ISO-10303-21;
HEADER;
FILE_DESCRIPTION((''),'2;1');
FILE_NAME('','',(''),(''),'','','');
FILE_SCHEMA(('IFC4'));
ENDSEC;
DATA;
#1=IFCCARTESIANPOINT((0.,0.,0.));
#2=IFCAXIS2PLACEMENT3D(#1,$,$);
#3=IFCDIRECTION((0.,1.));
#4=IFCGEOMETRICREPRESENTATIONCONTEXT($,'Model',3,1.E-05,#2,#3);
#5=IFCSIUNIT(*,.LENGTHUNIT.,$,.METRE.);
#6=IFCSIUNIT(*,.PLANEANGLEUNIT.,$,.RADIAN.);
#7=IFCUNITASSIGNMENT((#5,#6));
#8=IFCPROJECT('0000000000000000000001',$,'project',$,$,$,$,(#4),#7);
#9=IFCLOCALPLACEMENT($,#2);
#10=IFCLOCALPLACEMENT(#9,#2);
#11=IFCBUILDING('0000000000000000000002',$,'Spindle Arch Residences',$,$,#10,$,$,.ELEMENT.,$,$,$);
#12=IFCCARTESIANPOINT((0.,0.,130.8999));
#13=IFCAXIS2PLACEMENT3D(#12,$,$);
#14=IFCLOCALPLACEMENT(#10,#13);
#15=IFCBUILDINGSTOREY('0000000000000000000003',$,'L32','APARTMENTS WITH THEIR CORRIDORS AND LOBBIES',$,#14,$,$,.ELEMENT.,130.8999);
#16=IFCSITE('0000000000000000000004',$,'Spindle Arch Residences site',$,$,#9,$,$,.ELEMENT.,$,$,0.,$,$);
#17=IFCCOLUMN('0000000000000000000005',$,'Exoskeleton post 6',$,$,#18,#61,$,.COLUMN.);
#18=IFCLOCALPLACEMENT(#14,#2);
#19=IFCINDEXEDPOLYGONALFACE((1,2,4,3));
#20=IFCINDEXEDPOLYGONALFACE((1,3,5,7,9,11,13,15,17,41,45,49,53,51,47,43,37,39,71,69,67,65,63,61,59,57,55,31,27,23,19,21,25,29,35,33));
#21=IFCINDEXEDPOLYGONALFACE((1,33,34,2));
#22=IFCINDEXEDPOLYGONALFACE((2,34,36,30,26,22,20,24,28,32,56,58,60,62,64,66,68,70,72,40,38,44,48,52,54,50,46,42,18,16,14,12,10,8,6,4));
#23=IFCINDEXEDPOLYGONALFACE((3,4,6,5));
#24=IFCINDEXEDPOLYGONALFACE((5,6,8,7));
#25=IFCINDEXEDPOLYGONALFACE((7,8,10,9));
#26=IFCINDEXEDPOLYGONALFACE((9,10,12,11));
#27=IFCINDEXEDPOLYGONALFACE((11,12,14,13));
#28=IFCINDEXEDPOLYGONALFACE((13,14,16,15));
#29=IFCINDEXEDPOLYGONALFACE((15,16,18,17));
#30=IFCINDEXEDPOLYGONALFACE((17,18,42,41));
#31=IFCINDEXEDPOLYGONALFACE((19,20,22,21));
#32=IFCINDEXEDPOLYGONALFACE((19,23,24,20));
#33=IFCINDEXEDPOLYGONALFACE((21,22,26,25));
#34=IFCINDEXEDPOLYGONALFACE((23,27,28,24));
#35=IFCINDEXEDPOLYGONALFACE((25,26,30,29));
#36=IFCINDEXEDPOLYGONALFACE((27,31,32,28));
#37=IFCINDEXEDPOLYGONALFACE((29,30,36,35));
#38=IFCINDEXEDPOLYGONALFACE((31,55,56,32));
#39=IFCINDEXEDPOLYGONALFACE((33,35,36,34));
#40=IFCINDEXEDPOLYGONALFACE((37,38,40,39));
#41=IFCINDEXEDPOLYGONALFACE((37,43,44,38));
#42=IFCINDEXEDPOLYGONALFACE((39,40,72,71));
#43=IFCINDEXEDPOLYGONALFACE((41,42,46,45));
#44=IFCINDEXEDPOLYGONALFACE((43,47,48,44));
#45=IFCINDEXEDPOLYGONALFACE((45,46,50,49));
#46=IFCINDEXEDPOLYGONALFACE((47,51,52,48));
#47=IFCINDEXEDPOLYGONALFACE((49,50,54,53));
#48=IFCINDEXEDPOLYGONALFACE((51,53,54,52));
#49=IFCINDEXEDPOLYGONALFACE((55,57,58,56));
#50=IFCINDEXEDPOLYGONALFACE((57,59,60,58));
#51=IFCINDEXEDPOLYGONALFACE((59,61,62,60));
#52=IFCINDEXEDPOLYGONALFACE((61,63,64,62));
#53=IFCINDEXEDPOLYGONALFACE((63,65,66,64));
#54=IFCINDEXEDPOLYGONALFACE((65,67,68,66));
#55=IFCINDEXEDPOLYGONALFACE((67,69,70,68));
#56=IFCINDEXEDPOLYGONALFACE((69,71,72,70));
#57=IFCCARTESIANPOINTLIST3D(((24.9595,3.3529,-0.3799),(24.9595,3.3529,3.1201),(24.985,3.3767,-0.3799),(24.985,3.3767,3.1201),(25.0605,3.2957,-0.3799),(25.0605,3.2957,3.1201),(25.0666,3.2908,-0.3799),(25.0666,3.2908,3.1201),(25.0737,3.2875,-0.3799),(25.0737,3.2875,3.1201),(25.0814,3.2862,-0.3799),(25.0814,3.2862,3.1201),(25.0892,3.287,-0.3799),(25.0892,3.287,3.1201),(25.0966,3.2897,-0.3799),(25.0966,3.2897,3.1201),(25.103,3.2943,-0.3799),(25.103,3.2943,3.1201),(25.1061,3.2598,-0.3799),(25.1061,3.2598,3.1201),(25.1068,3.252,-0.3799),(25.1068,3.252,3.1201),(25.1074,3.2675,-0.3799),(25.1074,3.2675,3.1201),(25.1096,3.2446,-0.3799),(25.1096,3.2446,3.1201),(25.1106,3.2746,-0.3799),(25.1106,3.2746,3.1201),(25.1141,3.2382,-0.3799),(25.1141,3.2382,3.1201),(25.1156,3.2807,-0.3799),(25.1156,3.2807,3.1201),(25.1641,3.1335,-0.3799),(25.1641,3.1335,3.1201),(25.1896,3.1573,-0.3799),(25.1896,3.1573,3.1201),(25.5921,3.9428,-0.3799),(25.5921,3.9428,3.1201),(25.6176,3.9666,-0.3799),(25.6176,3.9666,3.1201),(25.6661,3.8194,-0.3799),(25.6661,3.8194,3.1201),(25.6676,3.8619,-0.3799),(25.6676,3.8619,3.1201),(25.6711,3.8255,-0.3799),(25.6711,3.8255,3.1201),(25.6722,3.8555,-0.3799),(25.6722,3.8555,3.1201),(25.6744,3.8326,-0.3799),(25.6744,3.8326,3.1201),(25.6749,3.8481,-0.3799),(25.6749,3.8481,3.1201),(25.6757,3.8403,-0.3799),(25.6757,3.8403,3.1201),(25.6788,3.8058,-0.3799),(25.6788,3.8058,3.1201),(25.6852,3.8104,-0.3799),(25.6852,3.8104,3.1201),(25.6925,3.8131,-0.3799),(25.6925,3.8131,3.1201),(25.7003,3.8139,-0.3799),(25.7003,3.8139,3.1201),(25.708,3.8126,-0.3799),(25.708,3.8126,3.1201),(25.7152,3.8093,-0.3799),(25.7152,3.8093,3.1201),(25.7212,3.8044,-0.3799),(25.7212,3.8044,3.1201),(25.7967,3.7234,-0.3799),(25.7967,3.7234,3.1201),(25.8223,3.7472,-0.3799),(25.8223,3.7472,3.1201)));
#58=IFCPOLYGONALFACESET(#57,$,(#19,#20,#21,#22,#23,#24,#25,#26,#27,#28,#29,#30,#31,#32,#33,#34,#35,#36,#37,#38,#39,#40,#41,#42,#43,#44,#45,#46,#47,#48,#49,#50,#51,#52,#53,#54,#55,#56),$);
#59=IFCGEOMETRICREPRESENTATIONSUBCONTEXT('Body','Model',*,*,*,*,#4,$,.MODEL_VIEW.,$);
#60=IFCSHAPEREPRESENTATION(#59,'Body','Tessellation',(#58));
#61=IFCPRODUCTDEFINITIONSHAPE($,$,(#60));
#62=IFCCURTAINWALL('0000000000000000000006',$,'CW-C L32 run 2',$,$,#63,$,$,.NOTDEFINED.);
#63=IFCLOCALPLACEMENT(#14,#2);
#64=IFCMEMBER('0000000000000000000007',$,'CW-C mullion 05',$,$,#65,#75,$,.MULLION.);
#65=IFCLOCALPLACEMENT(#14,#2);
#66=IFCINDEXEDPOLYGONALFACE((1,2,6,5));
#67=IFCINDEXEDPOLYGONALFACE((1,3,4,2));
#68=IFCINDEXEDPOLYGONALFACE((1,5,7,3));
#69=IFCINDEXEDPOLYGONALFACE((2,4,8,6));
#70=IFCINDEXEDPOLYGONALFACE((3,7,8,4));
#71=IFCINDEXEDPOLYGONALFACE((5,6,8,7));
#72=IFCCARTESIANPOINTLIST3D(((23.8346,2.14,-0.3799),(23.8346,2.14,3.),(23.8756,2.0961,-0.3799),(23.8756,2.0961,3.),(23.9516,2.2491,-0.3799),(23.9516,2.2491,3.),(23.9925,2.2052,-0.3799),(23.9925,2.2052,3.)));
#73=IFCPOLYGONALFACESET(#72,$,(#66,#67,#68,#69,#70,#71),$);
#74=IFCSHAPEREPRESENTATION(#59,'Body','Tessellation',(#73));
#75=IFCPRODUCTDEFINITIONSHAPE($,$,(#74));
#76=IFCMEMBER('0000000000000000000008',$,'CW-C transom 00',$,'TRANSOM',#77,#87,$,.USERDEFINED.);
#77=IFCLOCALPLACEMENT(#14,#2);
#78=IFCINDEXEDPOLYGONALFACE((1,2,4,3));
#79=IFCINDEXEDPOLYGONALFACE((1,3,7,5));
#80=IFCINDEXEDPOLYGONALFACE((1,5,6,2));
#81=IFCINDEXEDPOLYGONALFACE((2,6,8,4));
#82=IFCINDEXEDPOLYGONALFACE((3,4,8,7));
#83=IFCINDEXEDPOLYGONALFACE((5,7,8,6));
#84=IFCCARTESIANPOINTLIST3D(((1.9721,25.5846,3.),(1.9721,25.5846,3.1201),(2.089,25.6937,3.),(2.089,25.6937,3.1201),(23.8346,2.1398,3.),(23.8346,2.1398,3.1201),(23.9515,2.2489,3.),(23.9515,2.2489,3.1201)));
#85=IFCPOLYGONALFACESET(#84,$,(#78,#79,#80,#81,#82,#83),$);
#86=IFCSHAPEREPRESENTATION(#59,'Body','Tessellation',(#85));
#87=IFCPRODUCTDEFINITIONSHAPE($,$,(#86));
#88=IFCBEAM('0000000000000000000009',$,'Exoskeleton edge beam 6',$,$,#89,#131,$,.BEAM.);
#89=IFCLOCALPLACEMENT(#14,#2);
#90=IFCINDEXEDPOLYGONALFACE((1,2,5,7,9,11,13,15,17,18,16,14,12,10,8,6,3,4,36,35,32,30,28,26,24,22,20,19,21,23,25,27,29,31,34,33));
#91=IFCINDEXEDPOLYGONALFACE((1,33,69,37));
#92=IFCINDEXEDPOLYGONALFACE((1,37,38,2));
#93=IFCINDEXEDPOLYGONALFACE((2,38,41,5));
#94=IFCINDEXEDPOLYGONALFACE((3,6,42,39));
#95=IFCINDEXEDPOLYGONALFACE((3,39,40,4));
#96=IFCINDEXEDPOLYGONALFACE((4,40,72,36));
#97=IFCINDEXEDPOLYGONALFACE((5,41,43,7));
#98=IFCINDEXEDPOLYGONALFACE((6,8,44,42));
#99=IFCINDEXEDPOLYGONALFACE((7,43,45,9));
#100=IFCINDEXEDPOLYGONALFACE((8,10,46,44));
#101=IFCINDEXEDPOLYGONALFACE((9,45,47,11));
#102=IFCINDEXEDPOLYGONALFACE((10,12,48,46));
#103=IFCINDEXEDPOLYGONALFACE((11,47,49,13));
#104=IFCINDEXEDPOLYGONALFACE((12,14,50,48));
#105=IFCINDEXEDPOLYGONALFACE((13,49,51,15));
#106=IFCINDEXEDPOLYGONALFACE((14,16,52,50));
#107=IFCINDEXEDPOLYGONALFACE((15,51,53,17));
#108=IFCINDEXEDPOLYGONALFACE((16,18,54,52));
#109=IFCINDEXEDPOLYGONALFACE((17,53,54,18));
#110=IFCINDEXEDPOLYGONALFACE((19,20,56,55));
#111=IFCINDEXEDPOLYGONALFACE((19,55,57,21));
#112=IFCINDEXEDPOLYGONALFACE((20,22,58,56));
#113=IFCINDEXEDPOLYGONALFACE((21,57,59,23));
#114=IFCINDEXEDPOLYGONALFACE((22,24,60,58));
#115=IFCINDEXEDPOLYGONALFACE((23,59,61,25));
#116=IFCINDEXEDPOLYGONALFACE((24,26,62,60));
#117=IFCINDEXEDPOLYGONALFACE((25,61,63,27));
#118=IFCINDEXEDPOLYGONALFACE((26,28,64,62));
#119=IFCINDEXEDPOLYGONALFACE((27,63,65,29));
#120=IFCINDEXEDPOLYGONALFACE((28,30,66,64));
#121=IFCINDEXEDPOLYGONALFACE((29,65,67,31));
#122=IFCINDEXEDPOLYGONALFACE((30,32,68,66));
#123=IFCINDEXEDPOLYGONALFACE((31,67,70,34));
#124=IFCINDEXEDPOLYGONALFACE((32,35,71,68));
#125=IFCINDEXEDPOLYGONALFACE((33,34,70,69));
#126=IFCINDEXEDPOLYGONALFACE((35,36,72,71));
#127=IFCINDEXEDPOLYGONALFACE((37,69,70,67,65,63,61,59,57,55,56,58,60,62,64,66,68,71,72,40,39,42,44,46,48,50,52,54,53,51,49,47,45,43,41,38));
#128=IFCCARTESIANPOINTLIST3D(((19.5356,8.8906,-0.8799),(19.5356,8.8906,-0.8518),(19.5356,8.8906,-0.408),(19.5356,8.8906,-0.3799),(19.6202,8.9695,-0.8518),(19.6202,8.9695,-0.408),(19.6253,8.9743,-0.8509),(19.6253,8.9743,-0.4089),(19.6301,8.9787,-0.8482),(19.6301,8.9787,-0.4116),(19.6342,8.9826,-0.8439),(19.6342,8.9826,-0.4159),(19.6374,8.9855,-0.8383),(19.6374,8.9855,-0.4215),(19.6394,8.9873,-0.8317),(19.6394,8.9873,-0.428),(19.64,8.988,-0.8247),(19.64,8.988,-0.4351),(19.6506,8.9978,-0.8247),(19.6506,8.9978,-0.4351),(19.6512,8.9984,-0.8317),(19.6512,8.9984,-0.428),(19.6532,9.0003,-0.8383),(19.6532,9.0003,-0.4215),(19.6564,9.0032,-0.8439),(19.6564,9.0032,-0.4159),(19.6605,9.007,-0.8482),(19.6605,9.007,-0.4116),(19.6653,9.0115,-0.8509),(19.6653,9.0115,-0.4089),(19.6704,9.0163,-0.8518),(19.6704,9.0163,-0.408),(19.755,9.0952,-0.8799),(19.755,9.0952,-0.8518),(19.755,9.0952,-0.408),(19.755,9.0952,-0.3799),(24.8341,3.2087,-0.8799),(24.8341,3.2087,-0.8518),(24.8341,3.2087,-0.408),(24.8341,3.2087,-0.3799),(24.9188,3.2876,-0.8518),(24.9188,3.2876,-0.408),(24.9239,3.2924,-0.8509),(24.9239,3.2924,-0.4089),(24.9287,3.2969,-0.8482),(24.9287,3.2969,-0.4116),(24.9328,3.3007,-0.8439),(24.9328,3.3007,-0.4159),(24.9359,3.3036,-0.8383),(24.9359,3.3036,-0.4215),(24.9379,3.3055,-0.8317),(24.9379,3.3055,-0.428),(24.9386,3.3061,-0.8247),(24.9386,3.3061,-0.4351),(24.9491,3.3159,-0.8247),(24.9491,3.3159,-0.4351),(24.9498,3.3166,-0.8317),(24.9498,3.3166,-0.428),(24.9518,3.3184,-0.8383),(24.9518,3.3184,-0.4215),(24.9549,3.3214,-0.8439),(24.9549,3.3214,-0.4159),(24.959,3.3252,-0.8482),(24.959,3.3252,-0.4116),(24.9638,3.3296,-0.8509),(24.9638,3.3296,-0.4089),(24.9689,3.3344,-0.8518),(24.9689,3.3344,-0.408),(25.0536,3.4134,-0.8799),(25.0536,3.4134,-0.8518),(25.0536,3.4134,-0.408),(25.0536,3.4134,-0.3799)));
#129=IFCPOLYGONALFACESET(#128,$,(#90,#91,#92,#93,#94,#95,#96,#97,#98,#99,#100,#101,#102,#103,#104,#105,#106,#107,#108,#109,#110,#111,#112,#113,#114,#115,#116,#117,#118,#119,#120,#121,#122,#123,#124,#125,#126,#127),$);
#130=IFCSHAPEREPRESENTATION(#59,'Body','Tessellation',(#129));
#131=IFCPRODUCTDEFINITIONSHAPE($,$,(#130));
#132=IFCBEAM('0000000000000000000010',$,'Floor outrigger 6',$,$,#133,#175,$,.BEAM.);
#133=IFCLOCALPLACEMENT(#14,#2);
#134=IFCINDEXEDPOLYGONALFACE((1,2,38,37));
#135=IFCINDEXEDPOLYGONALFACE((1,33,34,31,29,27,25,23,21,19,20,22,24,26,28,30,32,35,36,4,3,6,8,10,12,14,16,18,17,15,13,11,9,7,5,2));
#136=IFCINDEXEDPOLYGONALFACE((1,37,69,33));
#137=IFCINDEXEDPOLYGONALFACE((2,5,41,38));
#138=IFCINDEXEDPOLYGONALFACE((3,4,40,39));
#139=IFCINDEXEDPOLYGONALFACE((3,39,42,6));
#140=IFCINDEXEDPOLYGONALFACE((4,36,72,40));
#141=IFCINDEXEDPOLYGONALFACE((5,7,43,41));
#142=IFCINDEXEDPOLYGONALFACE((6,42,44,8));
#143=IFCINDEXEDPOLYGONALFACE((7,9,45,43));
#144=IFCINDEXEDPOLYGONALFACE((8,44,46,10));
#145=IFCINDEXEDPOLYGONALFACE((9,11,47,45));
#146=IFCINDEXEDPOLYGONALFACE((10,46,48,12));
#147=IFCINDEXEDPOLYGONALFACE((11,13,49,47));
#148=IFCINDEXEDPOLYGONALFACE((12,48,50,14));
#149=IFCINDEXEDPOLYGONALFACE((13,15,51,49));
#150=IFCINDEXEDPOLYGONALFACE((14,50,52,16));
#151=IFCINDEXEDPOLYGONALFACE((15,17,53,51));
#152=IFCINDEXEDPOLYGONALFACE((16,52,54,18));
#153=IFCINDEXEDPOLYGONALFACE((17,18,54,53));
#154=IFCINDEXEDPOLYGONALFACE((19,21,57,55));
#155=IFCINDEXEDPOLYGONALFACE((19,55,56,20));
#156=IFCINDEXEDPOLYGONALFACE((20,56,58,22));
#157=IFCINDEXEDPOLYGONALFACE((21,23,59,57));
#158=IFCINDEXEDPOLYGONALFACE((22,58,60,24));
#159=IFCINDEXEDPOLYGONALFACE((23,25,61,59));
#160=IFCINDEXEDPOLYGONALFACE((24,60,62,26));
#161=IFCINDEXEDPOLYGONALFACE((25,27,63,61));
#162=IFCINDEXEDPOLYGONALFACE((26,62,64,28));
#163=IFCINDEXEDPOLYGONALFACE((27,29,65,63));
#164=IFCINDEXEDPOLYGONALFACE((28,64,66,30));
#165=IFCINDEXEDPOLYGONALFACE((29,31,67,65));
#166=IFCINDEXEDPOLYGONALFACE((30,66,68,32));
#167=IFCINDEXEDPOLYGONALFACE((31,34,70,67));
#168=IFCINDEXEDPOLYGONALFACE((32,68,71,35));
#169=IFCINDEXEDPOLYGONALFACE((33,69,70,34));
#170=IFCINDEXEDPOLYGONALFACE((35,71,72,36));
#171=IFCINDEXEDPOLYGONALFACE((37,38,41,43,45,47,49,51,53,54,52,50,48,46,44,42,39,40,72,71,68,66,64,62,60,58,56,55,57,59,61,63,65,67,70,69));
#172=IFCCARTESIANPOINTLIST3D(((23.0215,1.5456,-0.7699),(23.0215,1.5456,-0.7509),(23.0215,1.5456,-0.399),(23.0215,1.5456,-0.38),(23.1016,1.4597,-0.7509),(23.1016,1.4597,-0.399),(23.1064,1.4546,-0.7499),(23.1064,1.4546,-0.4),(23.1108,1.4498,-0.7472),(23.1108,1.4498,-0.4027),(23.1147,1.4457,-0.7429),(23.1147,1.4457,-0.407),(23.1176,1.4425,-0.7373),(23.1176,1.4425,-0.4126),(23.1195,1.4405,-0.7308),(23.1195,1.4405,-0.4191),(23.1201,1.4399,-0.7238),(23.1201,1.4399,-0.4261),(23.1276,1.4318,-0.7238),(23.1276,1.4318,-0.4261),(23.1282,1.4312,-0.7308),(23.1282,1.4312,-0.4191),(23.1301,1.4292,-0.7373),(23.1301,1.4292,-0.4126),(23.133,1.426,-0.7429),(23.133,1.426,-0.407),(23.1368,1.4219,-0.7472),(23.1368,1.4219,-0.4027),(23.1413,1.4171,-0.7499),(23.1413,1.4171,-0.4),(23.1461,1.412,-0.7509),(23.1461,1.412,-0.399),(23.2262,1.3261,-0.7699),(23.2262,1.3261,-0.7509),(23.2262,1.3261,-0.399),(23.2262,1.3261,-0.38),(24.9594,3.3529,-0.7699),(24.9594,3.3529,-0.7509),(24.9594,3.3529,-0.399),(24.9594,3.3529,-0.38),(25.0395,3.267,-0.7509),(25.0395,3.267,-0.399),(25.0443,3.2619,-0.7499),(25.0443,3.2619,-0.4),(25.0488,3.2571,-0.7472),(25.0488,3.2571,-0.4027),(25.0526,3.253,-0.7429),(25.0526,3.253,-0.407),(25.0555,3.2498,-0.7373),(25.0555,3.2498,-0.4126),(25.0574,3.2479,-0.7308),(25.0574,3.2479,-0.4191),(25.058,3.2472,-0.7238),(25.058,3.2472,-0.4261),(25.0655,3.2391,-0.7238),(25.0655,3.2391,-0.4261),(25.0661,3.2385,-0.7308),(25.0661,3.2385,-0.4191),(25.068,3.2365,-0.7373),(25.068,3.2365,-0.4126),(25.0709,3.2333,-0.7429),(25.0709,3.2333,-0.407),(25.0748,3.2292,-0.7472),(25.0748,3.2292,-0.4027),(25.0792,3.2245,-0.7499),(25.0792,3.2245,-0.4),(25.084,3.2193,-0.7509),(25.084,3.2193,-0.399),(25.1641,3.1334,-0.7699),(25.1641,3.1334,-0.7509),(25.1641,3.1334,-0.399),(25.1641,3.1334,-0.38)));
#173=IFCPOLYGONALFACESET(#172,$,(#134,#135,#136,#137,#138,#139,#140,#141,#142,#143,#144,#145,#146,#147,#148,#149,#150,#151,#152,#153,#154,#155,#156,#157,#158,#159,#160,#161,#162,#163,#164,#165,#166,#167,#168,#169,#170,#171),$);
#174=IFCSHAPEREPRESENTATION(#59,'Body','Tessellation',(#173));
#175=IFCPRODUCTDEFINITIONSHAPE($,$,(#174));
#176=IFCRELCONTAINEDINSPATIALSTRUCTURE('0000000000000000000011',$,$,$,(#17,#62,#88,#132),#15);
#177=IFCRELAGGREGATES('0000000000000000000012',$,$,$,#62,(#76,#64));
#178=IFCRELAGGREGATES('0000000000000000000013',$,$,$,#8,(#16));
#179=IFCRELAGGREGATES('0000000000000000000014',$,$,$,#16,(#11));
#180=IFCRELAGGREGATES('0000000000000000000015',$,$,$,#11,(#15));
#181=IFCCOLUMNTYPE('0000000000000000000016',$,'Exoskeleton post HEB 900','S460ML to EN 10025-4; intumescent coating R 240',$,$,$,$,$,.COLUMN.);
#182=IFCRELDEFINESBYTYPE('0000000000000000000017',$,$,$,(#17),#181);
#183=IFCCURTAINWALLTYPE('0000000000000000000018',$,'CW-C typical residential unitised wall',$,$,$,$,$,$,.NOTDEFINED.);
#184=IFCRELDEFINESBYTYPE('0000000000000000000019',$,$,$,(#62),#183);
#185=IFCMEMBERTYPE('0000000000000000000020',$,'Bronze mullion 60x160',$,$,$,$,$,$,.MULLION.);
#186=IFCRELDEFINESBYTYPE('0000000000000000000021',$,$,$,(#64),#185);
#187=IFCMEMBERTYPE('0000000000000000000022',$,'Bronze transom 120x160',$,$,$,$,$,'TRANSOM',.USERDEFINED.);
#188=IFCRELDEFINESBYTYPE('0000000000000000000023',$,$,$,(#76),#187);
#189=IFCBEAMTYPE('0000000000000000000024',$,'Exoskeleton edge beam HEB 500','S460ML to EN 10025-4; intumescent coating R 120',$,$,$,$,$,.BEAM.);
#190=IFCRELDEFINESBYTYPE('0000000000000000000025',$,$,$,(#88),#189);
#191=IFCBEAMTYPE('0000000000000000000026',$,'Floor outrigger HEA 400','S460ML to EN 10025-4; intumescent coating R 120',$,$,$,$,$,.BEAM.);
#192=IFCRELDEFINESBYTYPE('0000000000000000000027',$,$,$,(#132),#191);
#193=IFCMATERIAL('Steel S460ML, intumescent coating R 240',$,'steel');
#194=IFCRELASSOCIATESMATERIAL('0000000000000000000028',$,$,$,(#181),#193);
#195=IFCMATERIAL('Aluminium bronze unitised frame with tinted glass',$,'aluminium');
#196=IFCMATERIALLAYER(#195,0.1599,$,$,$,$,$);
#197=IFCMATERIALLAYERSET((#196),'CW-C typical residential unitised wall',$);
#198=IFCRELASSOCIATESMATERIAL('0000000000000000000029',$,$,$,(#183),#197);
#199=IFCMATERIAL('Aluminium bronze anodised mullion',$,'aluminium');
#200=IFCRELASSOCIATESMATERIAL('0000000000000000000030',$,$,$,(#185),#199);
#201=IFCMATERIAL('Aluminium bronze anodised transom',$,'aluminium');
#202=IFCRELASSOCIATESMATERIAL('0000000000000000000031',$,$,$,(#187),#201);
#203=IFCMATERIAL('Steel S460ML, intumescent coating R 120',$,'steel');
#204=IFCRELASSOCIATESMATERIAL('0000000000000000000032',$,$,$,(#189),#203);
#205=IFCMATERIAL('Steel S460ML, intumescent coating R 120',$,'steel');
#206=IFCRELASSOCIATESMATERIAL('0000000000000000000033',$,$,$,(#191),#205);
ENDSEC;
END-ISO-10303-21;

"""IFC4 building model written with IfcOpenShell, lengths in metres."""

from ifc_helpers import new_model, si_unit, direction, frame, origin, origin_2d, place, context, subcontext, project, spatial, rectangle, i_section, extrude, material, layer, layer_set, material_profile, profile_set, type_object, element, aggregate, save


model = new_model("IFC4")

# Units and contexts
model_context = context("Model", 3, precision=1e-05, world=origin(), true_north=direction((0.0, 1.0)))
body_context = subcontext(model_context, "Body", "Model", "MODEL_VIEW")
ifc_project = project(units=[si_unit("LENGTHUNIT", "METRE"), si_unit("PLANEANGLEUNIT", "RADIAN")], contexts=[model_context])

# Site, building, storey
site_placement = place(None, origin())
site = spatial("IfcSite", under=ifc_project, at=site_placement, Name="Spindle Arch Residences site", CompositionType="ELEMENT", RefElevation=0.0)
building_placement = place(site_placement, origin())
building = spatial("IfcBuilding", under=site, at=building_placement, Name="Spindle Arch Residences", CompositionType="ELEMENT")
storey_placement = place(building_placement, frame((0.0, 0.0, 130.8999)))
storey = spatial("IfcBuildingStorey", under=building, at=storey_placement, Name="L32", Description="APARTMENTS WITH THEIR CORRIDORS AND LOBBIES", CompositionType="ELEMENT", Elevation=130.8999)

# Column
ifc_material_1 = material(Name="Steel S460ML, intumescent coating R 240", Category="steel")
ifc_material_profile_1 = material_profile(ifc_material_1, i_section(OverallWidth=0.3, OverallDepth=0.8999, WebThickness=0.0186, FlangeThickness=0.0349, FilletRadius=0.03, at=origin_2d()), Name="HEB 900")
ifc_profile_set_1 = profile_set([ifc_material_profile_1], Name="Steel S460ML, intumescent coating R 240")
column_type = type_object("IfcColumnType", Name="Exoskeleton post HEB 900", Description="S460ML to EN 10025-4; intumescent coating R 240", PredefinedType="COLUMN", material=ifc_profile_set_1)
column_placement = place(storey_placement, frame((25.3909, 3.55, -0.3799), z_axis=(0.0, 0.0, 1.0), x_axis=(0.681998, -0.731354, 0.0)))
element("IfcColumn", 1, at=column_placement, inside=storey, type_object=column_type, Name="Exoskeleton post 6", PredefinedType="COLUMN", context=body_context, shape_type="SweptSolid", body=[
    extrude(i_section(OverallWidth=0.3, OverallDepth=0.8999, WebThickness=0.0186, FlangeThickness=0.0349, FilletRadius=0.03, at=origin_2d()), origin(), (0.0, 0.0, 1.0), 3.5),
])

# Curtain wall, members
ifc_material_2 = material(Name="Aluminium bronze unitised frame with tinted glass", Category="aluminium")
ifc_layer_1 = layer(ifc_material_2, 0.1599)
ifc_layer_set_1 = layer_set([ifc_layer_1], Name="CW-C typical residential unitised wall")
curtain_wall_type_1 = type_object("IfcCurtainWallType", Name="CW-C typical residential unitised wall", PredefinedType="NOTDEFINED", material=ifc_layer_set_1)
curtain_wall_1_placement = place(storey_placement, origin())
curtain_wall_1 = element("IfcCurtainWall", 2, at=curtain_wall_1_placement, inside=storey, type_object=curtain_wall_type_1, Name="CW-C L32 run 2", PredefinedType="NOTDEFINED")
ifc_material_3 = material(Name="Aluminium bronze anodised mullion", Category="aluminium")
ifc_material_profile_2 = material_profile(ifc_material_3, rectangle(XDim=0.1599, YDim=0.0601, at=origin_2d()), Name="MU 60x160")
ifc_profile_set_2 = profile_set([ifc_material_profile_2], Name="Aluminium bronze anodised mullion")
member_type_1 = type_object("IfcMemberType", Name="Bronze mullion 60x160", PredefinedType="MULLION", material=ifc_profile_set_2)
member_1_placement = place(storey_placement, frame((23.9136, 2.1726, -0.3799), z_axis=(0.0, 0.0, 1.0), x_axis=(-0.731354, -0.681998, 0.0)))
member_1 = element("IfcMember", 3, at=member_1_placement, type_object=member_type_1, Name="CW-C mullion 05", PredefinedType="MULLION", context=body_context, shape_type="SweptSolid", body=[
    extrude(rectangle(XDim=0.1599, YDim=0.0601, at=origin_2d()), origin(), (0.0, 0.0, 1.0), 3.3799),
])
ifc_material_4 = material(Name="Aluminium bronze anodised transom", Category="aluminium")
ifc_material_profile_3 = material_profile(ifc_material_4, rectangle(XDim=0.1599, YDim=0.1201, at=origin_2d()), Name="TR 120x160")
ifc_profile_set_3 = profile_set([ifc_material_profile_3], Name="Aluminium bronze anodised transom")
member_type_2 = type_object("IfcMemberType", Name="Bronze transom 120x160", ElementType="TRANSOM", PredefinedType="USERDEFINED", material=ifc_profile_set_3)
member_2_placement = place(storey_placement, frame((23.8931, 2.1943, 3.0601), z_axis=(-0.681997, 0.731355, 0.0), x_axis=(-0.731355, -0.681997, 0.0)))
member_2 = element("IfcMember", 4, at=member_2_placement, type_object=member_type_2, Name="CW-C transom 00", ObjectType="TRANSOM", PredefinedType="USERDEFINED", context=body_context, shape_type="SweptSolid", body=[
    extrude(rectangle(XDim=0.1599, YDim=0.1201, at=origin_2d()), origin(), (0.0, 0.0, 1.0), 32.0566),
])

# Beams
ifc_material_5 = material(Name="Steel S460ML, intumescent coating R 120", Category="steel")
ifc_material_profile_4 = material_profile(ifc_material_5, i_section(OverallWidth=0.3, OverallDepth=0.5, WebThickness=0.0144, FlangeThickness=0.0281, FilletRadius=0.0271, at=origin_2d()), Name="HEB 500")
ifc_profile_set_4 = profile_set([ifc_material_profile_4], Name="Steel S460ML, intumescent coating R 120")
beam_type_1 = type_object("IfcBeamType", Name="Exoskeleton edge beam HEB 500", Description="S460ML to EN 10025-4; intumescent coating R 120", PredefinedType="BEAM", material=ifc_profile_set_4)
beam_1_placement = place(storey_placement, frame((24.9438, 3.311, -0.6299), z_axis=(-0.682008, 0.731345, 0.0), x_axis=(-0.731345, -0.682008, 0.0)))
element("IfcBeam", 5, at=beam_1_placement, inside=storey, type_object=beam_type_1, Name="Exoskeleton edge beam 6", PredefinedType="BEAM", context=body_context, shape_type="SweptSolid", body=[
    extrude(i_section(OverallWidth=0.3, OverallDepth=0.5, WebThickness=0.0144, FlangeThickness=0.0281, FilletRadius=0.0271, at=origin_2d()), origin(), (0.0, 0.0, 1.0), 7.769),
])
ifc_material_6 = material(Name="Steel S460ML, intumescent coating R 120", Category="steel")
ifc_material_profile_5 = material_profile(ifc_material_6, i_section(OverallWidth=0.3, OverallDepth=0.3899, WebThickness=0.011, FlangeThickness=0.019, FilletRadius=0.0271, at=origin_2d()), Name="HEA 400")
ifc_profile_set_5 = profile_set([ifc_material_profile_5], Name="Steel S460ML, intumescent coating R 120")
beam_type_2 = type_object("IfcBeamType", Name="Floor outrigger HEA 400", Description="S460ML to EN 10025-4; intumescent coating R 120", PredefinedType="BEAM", material=ifc_profile_set_5)
beam_2_placement = place(storey_placement, frame((25.0618, 3.2432, -0.575), z_axis=(-0.731322, -0.682033, 0.0), x_axis=(0.682033, -0.731322, 0.0)))
element("IfcBeam", 6, at=beam_2_placement, inside=storey, type_object=beam_type_2, Name="Floor outrigger 6", PredefinedType="BEAM", context=body_context, shape_type="SweptSolid", body=[
    extrude(i_section(OverallWidth=0.3, OverallDepth=0.3899, WebThickness=0.011, FlangeThickness=0.019, FilletRadius=0.0271, at=origin_2d()), origin(), (0.0, 0.0, 1.0), 2.6499),
])

aggregate(curtain_wall_1, [member_2, member_1])

save(model, "model.ifc")
